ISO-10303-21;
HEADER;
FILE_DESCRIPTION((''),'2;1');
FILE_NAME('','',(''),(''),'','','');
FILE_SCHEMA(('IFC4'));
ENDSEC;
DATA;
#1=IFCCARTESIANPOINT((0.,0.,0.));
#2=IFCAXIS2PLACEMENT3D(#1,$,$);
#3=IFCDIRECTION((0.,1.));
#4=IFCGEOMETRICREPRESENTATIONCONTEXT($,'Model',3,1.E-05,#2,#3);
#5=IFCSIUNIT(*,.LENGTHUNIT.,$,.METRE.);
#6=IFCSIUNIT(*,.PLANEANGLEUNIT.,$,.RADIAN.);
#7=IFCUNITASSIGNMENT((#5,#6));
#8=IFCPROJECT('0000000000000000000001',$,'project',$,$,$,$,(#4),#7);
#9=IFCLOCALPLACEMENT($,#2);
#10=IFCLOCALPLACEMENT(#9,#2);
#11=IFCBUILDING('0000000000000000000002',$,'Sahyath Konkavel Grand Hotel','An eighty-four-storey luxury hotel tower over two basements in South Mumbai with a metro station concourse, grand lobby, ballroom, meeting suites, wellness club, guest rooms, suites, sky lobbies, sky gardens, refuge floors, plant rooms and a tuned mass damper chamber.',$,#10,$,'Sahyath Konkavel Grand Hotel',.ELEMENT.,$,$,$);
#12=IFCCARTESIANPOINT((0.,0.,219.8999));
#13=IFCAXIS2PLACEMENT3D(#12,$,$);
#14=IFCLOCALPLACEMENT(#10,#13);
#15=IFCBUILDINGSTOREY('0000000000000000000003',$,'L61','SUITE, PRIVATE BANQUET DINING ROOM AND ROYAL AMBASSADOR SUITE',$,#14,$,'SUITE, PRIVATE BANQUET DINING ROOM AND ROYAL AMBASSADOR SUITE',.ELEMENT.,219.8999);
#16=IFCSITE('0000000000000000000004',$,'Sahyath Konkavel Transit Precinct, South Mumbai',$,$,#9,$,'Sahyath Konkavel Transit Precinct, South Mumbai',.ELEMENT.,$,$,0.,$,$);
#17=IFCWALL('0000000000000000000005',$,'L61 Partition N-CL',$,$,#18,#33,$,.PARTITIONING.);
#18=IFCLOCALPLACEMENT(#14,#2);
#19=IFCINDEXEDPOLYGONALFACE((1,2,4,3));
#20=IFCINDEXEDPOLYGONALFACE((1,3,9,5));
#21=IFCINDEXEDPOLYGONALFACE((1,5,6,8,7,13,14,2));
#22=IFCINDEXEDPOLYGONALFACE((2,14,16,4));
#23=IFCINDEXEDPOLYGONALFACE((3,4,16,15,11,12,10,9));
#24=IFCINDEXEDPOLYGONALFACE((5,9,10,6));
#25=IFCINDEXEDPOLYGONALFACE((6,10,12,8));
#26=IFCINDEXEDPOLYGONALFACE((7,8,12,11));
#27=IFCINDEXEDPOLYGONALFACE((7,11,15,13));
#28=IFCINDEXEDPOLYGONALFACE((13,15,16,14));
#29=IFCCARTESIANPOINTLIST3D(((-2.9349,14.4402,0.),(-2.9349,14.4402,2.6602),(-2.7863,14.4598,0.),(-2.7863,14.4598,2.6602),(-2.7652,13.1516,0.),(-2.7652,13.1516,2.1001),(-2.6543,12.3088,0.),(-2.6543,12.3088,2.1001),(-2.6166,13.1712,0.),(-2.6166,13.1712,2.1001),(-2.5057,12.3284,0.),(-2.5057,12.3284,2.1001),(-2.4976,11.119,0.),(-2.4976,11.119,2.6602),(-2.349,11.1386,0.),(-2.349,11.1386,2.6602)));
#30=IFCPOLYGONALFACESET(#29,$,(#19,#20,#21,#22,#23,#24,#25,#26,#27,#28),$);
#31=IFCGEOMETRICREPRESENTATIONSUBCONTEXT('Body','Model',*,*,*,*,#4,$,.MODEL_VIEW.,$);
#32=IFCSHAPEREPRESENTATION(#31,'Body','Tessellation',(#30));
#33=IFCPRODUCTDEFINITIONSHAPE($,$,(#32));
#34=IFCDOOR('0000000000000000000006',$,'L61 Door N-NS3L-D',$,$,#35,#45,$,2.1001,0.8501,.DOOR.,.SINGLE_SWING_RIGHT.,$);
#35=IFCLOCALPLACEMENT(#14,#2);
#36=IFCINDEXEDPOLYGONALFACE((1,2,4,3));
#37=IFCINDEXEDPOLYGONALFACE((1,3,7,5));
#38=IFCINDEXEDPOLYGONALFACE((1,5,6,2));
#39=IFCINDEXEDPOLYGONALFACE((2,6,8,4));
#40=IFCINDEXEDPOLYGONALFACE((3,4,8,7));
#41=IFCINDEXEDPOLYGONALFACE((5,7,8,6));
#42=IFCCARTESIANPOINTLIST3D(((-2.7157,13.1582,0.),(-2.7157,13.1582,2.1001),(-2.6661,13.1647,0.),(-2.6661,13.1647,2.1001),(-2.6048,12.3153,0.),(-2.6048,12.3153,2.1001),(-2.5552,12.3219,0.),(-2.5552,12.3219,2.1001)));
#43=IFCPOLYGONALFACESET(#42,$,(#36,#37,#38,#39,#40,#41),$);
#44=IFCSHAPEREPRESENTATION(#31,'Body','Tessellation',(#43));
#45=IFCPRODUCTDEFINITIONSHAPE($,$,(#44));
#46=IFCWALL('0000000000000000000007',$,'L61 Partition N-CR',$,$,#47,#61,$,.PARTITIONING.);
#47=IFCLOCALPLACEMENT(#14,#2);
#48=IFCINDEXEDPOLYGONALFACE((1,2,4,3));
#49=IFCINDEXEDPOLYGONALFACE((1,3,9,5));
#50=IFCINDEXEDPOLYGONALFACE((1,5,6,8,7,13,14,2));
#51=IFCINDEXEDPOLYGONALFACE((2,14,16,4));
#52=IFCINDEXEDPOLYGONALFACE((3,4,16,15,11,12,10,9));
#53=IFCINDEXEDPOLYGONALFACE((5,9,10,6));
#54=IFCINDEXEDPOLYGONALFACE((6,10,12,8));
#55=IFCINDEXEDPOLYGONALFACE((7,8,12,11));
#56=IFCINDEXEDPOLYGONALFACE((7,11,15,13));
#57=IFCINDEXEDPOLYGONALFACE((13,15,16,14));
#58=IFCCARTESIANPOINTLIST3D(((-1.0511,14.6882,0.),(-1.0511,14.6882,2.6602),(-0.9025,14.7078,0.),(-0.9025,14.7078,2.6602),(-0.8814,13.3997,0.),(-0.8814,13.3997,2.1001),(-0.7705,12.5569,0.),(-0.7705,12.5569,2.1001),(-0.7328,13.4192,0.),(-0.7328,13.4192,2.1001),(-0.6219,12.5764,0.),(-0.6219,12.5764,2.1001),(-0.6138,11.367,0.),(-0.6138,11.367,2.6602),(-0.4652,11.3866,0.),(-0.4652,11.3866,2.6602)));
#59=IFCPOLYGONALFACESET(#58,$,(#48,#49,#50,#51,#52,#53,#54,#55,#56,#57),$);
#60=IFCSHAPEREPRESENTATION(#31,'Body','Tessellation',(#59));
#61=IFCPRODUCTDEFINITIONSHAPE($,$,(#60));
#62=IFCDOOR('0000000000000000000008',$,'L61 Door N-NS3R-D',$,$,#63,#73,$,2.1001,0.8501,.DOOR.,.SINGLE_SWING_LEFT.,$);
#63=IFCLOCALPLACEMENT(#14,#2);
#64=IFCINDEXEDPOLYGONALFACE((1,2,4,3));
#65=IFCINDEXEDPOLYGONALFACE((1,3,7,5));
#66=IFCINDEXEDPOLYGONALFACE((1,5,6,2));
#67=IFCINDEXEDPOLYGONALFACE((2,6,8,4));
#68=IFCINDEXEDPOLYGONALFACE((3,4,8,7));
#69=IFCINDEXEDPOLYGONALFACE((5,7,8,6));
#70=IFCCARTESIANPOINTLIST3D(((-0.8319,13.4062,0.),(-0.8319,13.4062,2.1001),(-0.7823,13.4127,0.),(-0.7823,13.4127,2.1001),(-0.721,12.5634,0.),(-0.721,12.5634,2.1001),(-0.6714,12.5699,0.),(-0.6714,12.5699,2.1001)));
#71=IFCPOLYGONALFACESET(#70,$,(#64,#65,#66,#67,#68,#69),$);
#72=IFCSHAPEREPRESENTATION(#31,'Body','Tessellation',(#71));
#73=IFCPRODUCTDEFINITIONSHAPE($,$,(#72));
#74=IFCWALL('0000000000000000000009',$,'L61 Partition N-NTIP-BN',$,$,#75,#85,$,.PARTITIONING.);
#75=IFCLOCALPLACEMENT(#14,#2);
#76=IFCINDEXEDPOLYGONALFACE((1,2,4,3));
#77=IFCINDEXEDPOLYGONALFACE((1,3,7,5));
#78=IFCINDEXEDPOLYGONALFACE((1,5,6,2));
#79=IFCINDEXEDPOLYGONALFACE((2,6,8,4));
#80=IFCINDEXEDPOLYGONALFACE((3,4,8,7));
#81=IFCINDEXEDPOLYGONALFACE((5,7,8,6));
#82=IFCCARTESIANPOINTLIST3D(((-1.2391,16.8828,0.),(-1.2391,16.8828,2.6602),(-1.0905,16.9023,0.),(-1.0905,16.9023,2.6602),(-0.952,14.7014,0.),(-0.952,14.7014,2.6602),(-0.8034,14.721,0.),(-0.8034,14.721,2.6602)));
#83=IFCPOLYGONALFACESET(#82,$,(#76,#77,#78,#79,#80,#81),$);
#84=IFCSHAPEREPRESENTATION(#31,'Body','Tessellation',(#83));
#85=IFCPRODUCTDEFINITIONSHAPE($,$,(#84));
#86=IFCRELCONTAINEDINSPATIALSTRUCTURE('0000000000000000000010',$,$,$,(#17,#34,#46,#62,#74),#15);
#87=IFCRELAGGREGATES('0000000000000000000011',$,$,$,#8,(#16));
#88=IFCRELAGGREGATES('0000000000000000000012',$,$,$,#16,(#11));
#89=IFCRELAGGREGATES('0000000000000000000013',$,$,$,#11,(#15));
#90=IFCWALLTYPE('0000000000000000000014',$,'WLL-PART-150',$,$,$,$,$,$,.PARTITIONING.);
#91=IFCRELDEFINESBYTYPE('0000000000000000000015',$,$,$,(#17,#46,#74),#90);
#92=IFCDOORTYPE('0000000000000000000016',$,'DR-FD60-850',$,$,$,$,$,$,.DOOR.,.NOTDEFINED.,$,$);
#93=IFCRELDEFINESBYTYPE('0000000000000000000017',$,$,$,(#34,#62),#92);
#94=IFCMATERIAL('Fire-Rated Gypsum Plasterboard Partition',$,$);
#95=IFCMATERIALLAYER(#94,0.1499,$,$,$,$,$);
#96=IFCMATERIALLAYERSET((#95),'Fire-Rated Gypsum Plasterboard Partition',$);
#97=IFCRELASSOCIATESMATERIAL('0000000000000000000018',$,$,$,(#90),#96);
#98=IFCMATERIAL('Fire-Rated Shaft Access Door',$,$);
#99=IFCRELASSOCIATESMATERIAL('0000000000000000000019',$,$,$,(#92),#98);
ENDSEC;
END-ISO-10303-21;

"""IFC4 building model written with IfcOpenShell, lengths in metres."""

from ifc_helpers import new_model, si_unit, direction, frame, frame_2d, origin, origin_2d, place, context, subcontext, project, spatial, rectangle, extrude, source, transform, mapped, material, layer, layer_set, type_object, element, fill, save


model = new_model("IFC4")

# Units and contexts
model_context = context("Model", 3, precision=1e-05, world=origin(), true_north=direction((0.0, 1.0)))
body_context = subcontext(model_context, "Body", "Model", "MODEL_VIEW")
ifc_project = project(units=[si_unit("LENGTHUNIT", "METRE"), si_unit("PLANEANGLEUNIT", "RADIAN")], contexts=[model_context])

# Site, building, storey
site_placement = place(None, origin())
site = spatial("IfcSite", under=ifc_project, at=site_placement, Name="Sahyath Konkavel Transit Precinct, South Mumbai", LongName="Sahyath Konkavel Transit Precinct, South Mumbai", CompositionType="ELEMENT", RefElevation=0.0)
building_placement = place(site_placement, origin())
building = spatial("IfcBuilding", under=site, at=building_placement, Name="Sahyath Konkavel Grand Hotel", Description="An eighty-four-storey luxury hotel tower over two basements in South Mumbai with a metro station concourse, grand lobby, ballroom, meeting suites, wellness club, guest rooms, suites, sky lobbies, sky gardens, refuge floors, plant rooms and a tuned mass damper chamber.", LongName="Sahyath Konkavel Grand Hotel", CompositionType="ELEMENT")
storey_placement = place(building_placement, frame((0.0, 0.0, 219.8999)))
storey = spatial("IfcBuildingStorey", under=building, at=storey_placement, Name="L61", Description="SUITE, PRIVATE BANQUET DINING ROOM AND ROYAL AMBASSADOR SUITE", LongName="SUITE, PRIVATE BANQUET DINING ROOM AND ROYAL AMBASSADOR SUITE", CompositionType="ELEMENT", Elevation=219.8999)

# Walls, openings, doors
ifc_material_1 = material(Name="Fire-Rated Gypsum Plasterboard Partition")
ifc_layer_1 = layer(ifc_material_1, 0.1499)
ifc_layer_set_1 = layer_set([ifc_layer_1], Name="Fire-Rated Gypsum Plasterboard Partition")
wall_type_1 = type_object("IfcWallType", Name="WLL-PART-150", PredefinedType="PARTITIONING", material=ifc_layer_set_1)
wall_1_placement = place(storey_placement, frame((-2.4233, 11.1289, 0.0), z_axis=(0.0, 0.0, 1.0), x_axis=(-0.130526, 0.991445, 0.0)))
wall_1 = element("IfcWall", 1, at=wall_1_placement, inside=storey, type_object=wall_type_1, Name="L61 Partition N-CL", PredefinedType="PARTITIONING", context=body_context, shape_type="SweptSolid", body=[
    extrude(rectangle(XDim=3.3499, YDim=0.1499, at=frame_2d((1.6748, 0.0))), origin(), (0.0, 0.0, 1.0), 2.6602),
])
opening_1_placement = place(wall_1_placement, frame((1.2, 0.0, 0.0)))
opening_1 = element("IfcOpeningElement", 2, at=opening_1_placement, cuts=wall_1, PredefinedType="OPENING", context=body_context, shape_type="SweptSolid", body=[
    extrude(rectangle(XDim=0.8501, YDim=2.1001, at=frame_2d((0.425, 1.05))), frame((0.0, 0.085, 0.0), z_axis=(0.0, -1.0, 0.0), x_axis=(1.0, 0.0, 0.0)), (0.0, 0.0, 1.0), 0.1699),
])
ifc_material_2 = material(Name="Fire-Rated Shaft Access Door")
door_type = type_object("IfcDoorType", Name="DR-FD60-850", OperationType="NOTDEFINED", PredefinedType="DOOR", material=ifc_material_2)
shared_shape_1 = source(origin(), body_context, "Body", "SweptSolid", [
    extrude(rectangle(XDim=0.8501, YDim=0.05, at=origin_2d()), origin(), (0.0, 0.0, 1.0), 2.1001),
])
door_1_placement = place(opening_1_placement, frame((0.425, 0.0, 0.0)))
door_1 = element("IfcDoor", 3, at=door_1_placement, inside=storey, type_object=door_type, Name="L61 Door N-NS3L-D", OperationType="SINGLE_SWING_RIGHT", OverallHeight=2.1001, OverallWidth=0.8501, PredefinedType="DOOR", context=body_context, shape_type="MappedRepresentation", body=[
    mapped(shared_shape_1, transform((0.0, 0.0, 0.0), scale=1.0)),
])
fill(opening_1, door_1)
wall_2_placement = place(storey_placement, frame((-0.5396, 11.377, 0.0), z_axis=(0.0, 0.0, 1.0), x_axis=(-0.130526, 0.991445, 0.0)))
wall_2 = element("IfcWall", 4, at=wall_2_placement, inside=storey, type_object=wall_type_1, Name="L61 Partition N-CR", PredefinedType="PARTITIONING", context=body_context, shape_type="SweptSolid", body=[
    extrude(rectangle(XDim=3.3499, YDim=0.1499, at=frame_2d((1.6748, 0.0))), origin(), (0.0, 0.0, 1.0), 2.6602),
])
opening_2_placement = place(wall_2_placement, frame((1.2, 0.0, 0.0)))
opening_2 = element("IfcOpeningElement", 5, at=opening_2_placement, cuts=wall_2, PredefinedType="OPENING", context=body_context, shape_type="SweptSolid", body=[
    extrude(rectangle(XDim=0.8501, YDim=2.1001, at=frame_2d((0.425, 1.05))), frame((0.0, 0.085, 0.0), z_axis=(0.0, -1.0, 0.0), x_axis=(1.0, 0.0, 0.0)), (0.0, 0.0, 1.0), 0.1699),
])
door_2_placement = place(opening_2_placement, frame((0.425, 0.0, 0.0)))
door_2 = element("IfcDoor", 6, at=door_2_placement, inside=storey, type_object=door_type, Name="L61 Door N-NS3R-D", OperationType="SINGLE_SWING_LEFT", OverallHeight=2.1001, OverallWidth=0.8501, PredefinedType="DOOR", context=body_context, shape_type="MappedRepresentation", body=[
    mapped(shared_shape_1, transform((0.0, 0.0, 0.0), scale=1.0)),
])
fill(opening_2, door_2)

# Wall
wall_3_placement = place(storey_placement, frame((-0.8777, 14.7112, 0.0), z_axis=(0.0, 0.0, 1.0), x_axis=(-0.130492, 0.991449, 0.0)))
element("IfcWall", 7, at=wall_3_placement, inside=storey, type_object=wall_type_1, Name="L61 Partition N-NTIP-BN", PredefinedType="PARTITIONING", context=body_context, shape_type="SweptSolid", body=[
    extrude(rectangle(XDim=2.2002, YDim=0.1499, at=frame_2d((1.1001, 0.0))), origin(), (0.0, 0.0, 1.0), 2.6602),
])

save(model, "model.ifc")
